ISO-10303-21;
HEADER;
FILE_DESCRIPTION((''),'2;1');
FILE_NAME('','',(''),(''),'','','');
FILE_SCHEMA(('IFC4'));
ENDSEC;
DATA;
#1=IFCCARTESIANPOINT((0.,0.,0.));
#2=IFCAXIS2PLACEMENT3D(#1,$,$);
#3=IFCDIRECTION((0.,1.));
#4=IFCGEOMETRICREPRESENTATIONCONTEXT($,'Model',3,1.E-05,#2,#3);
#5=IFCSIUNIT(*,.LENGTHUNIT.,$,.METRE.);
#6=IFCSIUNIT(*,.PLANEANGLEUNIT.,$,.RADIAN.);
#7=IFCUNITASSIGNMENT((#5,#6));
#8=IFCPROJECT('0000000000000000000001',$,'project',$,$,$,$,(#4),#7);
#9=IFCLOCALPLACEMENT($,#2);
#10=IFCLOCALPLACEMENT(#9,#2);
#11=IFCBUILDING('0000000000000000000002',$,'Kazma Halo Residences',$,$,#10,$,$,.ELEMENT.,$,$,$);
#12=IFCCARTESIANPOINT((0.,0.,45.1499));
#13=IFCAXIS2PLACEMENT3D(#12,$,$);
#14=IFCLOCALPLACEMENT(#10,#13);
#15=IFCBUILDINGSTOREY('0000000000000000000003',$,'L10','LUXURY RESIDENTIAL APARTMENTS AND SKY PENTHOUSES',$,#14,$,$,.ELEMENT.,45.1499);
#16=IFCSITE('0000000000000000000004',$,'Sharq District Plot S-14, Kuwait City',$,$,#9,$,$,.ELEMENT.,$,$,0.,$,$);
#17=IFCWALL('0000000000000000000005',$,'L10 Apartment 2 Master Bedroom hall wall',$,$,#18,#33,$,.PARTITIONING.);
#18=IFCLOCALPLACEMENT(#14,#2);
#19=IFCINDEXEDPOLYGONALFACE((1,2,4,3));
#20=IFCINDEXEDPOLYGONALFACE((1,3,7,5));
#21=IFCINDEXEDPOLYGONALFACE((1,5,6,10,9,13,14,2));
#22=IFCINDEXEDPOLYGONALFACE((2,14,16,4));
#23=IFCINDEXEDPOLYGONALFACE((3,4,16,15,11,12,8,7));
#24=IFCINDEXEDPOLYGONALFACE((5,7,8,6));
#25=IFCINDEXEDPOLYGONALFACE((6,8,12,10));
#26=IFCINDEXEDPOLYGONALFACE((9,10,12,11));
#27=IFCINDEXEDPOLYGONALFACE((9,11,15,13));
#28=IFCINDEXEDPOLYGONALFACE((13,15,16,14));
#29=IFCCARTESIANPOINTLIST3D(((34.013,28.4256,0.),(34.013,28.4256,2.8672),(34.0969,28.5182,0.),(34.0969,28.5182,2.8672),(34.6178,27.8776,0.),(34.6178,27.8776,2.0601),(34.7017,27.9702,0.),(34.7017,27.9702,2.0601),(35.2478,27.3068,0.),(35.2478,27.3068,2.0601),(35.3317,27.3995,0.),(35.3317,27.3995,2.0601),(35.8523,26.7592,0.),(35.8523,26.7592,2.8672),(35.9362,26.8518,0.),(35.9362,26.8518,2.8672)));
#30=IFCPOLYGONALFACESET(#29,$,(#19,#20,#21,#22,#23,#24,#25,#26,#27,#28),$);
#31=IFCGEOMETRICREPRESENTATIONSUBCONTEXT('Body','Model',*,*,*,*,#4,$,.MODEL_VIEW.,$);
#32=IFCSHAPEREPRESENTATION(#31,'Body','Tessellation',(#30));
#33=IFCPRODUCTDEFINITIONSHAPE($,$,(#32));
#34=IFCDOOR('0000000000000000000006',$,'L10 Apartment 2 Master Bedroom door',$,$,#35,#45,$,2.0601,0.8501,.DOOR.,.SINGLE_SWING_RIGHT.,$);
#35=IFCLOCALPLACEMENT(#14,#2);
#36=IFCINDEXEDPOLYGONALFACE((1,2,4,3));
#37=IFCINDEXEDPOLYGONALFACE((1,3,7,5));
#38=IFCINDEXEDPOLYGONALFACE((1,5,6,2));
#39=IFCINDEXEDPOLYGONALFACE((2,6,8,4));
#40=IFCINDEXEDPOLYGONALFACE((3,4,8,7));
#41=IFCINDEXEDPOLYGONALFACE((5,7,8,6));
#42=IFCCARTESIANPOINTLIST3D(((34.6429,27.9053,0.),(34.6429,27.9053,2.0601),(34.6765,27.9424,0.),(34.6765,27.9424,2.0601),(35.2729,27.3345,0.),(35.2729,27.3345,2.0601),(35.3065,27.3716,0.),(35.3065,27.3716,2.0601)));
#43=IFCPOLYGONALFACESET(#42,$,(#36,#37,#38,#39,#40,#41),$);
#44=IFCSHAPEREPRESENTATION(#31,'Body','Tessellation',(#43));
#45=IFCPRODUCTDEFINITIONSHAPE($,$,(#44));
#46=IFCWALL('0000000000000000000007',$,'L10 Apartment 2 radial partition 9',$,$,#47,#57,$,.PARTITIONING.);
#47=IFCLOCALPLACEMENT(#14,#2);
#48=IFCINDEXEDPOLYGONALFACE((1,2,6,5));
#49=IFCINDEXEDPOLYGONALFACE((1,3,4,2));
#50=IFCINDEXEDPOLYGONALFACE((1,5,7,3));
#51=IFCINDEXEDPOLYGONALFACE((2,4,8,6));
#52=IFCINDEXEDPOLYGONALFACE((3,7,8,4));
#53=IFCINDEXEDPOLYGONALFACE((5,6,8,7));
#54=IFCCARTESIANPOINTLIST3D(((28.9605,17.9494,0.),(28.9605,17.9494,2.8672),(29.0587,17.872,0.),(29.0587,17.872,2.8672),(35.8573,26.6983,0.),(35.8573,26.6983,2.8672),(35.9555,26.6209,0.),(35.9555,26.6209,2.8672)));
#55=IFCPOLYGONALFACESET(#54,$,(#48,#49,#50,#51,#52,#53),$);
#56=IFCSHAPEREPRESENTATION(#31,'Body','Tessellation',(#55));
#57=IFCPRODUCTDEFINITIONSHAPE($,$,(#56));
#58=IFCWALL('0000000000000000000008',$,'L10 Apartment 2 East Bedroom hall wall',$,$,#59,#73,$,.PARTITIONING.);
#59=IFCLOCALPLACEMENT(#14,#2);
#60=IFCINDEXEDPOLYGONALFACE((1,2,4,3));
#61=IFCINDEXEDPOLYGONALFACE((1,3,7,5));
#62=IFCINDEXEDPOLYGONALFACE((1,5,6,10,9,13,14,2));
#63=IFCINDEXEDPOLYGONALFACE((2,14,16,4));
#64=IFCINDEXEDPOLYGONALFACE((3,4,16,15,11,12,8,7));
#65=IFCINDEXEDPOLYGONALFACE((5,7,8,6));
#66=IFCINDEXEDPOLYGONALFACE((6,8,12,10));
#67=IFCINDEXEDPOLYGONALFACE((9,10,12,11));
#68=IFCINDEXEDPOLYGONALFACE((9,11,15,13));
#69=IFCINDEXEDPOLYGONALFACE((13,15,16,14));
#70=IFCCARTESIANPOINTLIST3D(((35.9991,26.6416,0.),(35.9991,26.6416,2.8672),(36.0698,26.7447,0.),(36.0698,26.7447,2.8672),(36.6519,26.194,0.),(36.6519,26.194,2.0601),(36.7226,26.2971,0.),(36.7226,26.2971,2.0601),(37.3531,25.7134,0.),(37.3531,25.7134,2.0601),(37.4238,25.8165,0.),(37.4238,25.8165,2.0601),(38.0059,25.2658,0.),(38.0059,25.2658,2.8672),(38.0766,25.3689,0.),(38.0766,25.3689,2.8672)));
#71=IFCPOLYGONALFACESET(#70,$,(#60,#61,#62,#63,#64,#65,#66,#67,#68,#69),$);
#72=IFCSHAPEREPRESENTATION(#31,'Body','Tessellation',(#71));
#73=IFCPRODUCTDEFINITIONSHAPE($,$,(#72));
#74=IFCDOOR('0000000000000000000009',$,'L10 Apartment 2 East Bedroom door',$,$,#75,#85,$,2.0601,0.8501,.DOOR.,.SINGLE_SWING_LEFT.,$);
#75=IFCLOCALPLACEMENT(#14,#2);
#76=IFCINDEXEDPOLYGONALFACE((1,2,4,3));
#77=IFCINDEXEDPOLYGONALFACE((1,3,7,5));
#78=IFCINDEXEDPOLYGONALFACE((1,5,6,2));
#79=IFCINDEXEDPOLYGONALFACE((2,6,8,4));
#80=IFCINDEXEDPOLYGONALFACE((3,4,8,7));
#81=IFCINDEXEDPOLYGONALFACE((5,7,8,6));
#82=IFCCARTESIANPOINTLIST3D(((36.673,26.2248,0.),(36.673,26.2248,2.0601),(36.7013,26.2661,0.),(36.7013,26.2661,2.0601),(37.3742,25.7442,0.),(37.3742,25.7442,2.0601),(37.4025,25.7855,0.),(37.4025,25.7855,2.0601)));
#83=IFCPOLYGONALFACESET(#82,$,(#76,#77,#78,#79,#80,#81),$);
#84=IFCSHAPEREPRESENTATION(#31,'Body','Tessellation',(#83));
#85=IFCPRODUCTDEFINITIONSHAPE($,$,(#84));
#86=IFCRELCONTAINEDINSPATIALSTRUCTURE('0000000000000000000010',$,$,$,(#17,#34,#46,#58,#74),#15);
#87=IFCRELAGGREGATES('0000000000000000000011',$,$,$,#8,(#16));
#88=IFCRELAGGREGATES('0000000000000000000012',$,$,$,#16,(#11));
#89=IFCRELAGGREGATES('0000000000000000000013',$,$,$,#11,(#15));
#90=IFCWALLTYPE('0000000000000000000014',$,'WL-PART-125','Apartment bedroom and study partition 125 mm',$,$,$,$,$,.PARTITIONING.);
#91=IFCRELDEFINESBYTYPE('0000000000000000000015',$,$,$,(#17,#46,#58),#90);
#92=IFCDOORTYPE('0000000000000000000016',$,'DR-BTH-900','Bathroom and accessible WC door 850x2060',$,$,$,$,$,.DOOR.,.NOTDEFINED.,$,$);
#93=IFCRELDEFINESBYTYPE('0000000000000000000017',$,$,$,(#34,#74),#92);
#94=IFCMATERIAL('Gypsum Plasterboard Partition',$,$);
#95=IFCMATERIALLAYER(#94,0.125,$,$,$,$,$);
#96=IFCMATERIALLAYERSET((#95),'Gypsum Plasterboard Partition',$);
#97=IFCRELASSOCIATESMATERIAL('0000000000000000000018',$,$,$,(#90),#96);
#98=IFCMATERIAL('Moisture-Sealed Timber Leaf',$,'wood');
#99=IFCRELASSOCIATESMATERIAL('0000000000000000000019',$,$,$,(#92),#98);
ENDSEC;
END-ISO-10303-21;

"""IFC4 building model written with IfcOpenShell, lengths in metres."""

from ifc_helpers import new_model, si_unit, direction, frame, frame_2d, origin, place, context, subcontext, project, spatial, rectangle, extrude, material, layer, layer_set, type_object, element, fill, save


model = new_model("IFC4")

# Units and contexts
model_context = context("Model", 3, precision=1e-05, world=origin(), true_north=direction((0.0, 1.0)))
body_context = subcontext(model_context, "Body", "Model", "MODEL_VIEW")
ifc_project = project(units=[si_unit("LENGTHUNIT", "METRE"), si_unit("PLANEANGLEUNIT", "RADIAN")], contexts=[model_context])

# Site, building, storey
site_placement = place(None, origin())
site = spatial("IfcSite", under=ifc_project, at=site_placement, Name="Sharq District Plot S-14, Kuwait City", CompositionType="ELEMENT", RefElevation=0.0)
building_placement = place(site_placement, origin())
building = spatial("IfcBuilding", under=site, at=building_placement, Name="Kazma Halo Residences", CompositionType="ELEMENT")
storey_placement = place(building_placement, frame((0.0, 0.0, 45.1499)))
storey = spatial("IfcBuildingStorey", under=building, at=storey_placement, Name="L10", Description="LUXURY RESIDENTIAL APARTMENTS AND SKY PENTHOUSES", CompositionType="ELEMENT", Elevation=45.1499)

# Shared definitions
ifc_material_1 = material(Name="Gypsum Plasterboard Partition")
ifc_layer_1 = layer(ifc_material_1, 0.125)
ifc_layer_set_1 = layer_set([ifc_layer_1], Name="Gypsum Plasterboard Partition")
wall_type_1 = type_object("IfcWallType", Name="WL-PART-125", Description="Apartment bedroom and study partition 125 mm", PredefinedType="PARTITIONING", material=ifc_layer_set_1)

# Wall, opening, door
wall_1_placement = place(storey_placement, frame((34.0549, 28.4719, 0.0), z_axis=(0.0, 0.0, 1.0), x_axis=(0.74107, -0.671428, 0.0)))
wall_1 = element("IfcWall", 1, at=wall_1_placement, inside=storey, type_object=wall_type_1, Name="L10 Apartment 2 Master Bedroom hall wall", PredefinedType="PARTITIONING", context=body_context, shape_type="SweptSolid", body=[
    extrude(rectangle(XDim=2.4819, YDim=0.125, at=frame_2d((1.241, 0.0))), origin(), (0.0, 0.0, 1.0), 2.8672),
])
opening_1_placement = place(wall_1_placement, frame((0.8162, 0.0, 0.0)))
opening_1 = element("IfcOpeningElement", 2, at=opening_1_placement, cuts=wall_1, PredefinedType="OPENING", context=body_context, shape_type="SweptSolid", body=[
    extrude(rectangle(XDim=0.8501, YDim=2.0601, at=frame_2d((0.425, 1.03))), frame((0.0, 0.0725, 0.0), z_axis=(0.0, -1.0, 0.0), x_axis=(1.0, 0.0, 0.0)), (0.0, 0.0, 1.0), 0.145),
])
ifc_material_2 = material(Name="Moisture-Sealed Timber Leaf", Category="wood")
door_type_1 = type_object("IfcDoorType", Name="DR-BTH-900", Description="Bathroom and accessible WC door 850x2060", OperationType="NOTDEFINED", PredefinedType="DOOR", material=ifc_material_2)
door_1_placement = place(opening_1_placement, origin())
door_1 = element("IfcDoor", 3, at=door_1_placement, inside=storey, type_object=door_type_1, Name="L10 Apartment 2 Master Bedroom door", OperationType="SINGLE_SWING_RIGHT", OverallHeight=2.0601, OverallWidth=0.8501, PredefinedType="DOOR", context=body_context, shape_type="SweptSolid", body=[
    extrude(rectangle(XDim=0.8501, YDim=2.0601, at=frame_2d((0.425, 1.03))), frame((0.0, 0.0249, 0.0), z_axis=(0.0, -1.0, 0.0), x_axis=(1.0, 0.0, 0.0)), (0.0, 0.0, 1.0), 0.05),
])
fill(opening_1, door_1)

# Wall
wall_2_placement = place(storey_placement, frame((35.9065, 26.6597, 0.0), z_axis=(0.0, 0.0, 1.0), x_axis=(-0.61908, -0.785328, 0.0)))
element("IfcWall", 4, at=wall_2_placement, inside=storey, type_object=wall_type_1, Name="L10 Apartment 2 radial partition 9", PredefinedType="PARTITIONING", context=body_context, shape_type="SweptSolid", body=[
    extrude(rectangle(XDim=11.1404, YDim=0.125, at=frame_2d((5.5703, 0.0))), origin(), (0.0, 0.0, 1.0), 2.8672),
])

# Wall, opening, door
wall_3_placement = place(storey_placement, frame((36.0344, 26.6931, 0.0), z_axis=(0.0, 0.0, 1.0), x_axis=(0.824802, -0.565421, 0.0)))
wall_3 = element("IfcWall", 5, at=wall_3_placement, inside=storey, type_object=wall_type_1, Name="L10 Apartment 2 East Bedroom hall wall", PredefinedType="PARTITIONING", context=body_context, shape_type="SweptSolid", body=[
    extrude(rectangle(XDim=2.4331, YDim=0.125, at=frame_2d((1.2166, 0.0))), origin(), (0.0, 0.0, 1.0), 2.8672),
])
opening_2_placement = place(wall_3_placement, frame((0.7915, 0.0, 0.0)))
opening_2 = element("IfcOpeningElement", 6, at=opening_2_placement, cuts=wall_3, PredefinedType="OPENING", context=body_context, shape_type="SweptSolid", body=[
    extrude(rectangle(XDim=0.8501, YDim=2.0601, at=frame_2d((0.425, 1.03))), frame((0.0, 0.0725, 0.0), z_axis=(0.0, -1.0, 0.0), x_axis=(1.0, 0.0, 0.0)), (0.0, 0.0, 1.0), 0.145),
])
door_2_placement = place(opening_2_placement, origin())
door_2 = element("IfcDoor", 7, at=door_2_placement, inside=storey, type_object=door_type_1, Name="L10 Apartment 2 East Bedroom door", OperationType="SINGLE_SWING_LEFT", OverallHeight=2.0601, OverallWidth=0.8501, PredefinedType="DOOR", context=body_context, shape_type="SweptSolid", body=[
    extrude(rectangle(XDim=0.8501, YDim=2.0601, at=frame_2d((0.425, 1.03))), frame((0.0, 0.0249, 0.0), z_axis=(0.0, -1.0, 0.0), x_axis=(1.0, 0.0, 0.0)), (0.0, 0.0, 1.0), 0.05),
])
fill(opening_2, door_2)

save(model, "model.ifc")
